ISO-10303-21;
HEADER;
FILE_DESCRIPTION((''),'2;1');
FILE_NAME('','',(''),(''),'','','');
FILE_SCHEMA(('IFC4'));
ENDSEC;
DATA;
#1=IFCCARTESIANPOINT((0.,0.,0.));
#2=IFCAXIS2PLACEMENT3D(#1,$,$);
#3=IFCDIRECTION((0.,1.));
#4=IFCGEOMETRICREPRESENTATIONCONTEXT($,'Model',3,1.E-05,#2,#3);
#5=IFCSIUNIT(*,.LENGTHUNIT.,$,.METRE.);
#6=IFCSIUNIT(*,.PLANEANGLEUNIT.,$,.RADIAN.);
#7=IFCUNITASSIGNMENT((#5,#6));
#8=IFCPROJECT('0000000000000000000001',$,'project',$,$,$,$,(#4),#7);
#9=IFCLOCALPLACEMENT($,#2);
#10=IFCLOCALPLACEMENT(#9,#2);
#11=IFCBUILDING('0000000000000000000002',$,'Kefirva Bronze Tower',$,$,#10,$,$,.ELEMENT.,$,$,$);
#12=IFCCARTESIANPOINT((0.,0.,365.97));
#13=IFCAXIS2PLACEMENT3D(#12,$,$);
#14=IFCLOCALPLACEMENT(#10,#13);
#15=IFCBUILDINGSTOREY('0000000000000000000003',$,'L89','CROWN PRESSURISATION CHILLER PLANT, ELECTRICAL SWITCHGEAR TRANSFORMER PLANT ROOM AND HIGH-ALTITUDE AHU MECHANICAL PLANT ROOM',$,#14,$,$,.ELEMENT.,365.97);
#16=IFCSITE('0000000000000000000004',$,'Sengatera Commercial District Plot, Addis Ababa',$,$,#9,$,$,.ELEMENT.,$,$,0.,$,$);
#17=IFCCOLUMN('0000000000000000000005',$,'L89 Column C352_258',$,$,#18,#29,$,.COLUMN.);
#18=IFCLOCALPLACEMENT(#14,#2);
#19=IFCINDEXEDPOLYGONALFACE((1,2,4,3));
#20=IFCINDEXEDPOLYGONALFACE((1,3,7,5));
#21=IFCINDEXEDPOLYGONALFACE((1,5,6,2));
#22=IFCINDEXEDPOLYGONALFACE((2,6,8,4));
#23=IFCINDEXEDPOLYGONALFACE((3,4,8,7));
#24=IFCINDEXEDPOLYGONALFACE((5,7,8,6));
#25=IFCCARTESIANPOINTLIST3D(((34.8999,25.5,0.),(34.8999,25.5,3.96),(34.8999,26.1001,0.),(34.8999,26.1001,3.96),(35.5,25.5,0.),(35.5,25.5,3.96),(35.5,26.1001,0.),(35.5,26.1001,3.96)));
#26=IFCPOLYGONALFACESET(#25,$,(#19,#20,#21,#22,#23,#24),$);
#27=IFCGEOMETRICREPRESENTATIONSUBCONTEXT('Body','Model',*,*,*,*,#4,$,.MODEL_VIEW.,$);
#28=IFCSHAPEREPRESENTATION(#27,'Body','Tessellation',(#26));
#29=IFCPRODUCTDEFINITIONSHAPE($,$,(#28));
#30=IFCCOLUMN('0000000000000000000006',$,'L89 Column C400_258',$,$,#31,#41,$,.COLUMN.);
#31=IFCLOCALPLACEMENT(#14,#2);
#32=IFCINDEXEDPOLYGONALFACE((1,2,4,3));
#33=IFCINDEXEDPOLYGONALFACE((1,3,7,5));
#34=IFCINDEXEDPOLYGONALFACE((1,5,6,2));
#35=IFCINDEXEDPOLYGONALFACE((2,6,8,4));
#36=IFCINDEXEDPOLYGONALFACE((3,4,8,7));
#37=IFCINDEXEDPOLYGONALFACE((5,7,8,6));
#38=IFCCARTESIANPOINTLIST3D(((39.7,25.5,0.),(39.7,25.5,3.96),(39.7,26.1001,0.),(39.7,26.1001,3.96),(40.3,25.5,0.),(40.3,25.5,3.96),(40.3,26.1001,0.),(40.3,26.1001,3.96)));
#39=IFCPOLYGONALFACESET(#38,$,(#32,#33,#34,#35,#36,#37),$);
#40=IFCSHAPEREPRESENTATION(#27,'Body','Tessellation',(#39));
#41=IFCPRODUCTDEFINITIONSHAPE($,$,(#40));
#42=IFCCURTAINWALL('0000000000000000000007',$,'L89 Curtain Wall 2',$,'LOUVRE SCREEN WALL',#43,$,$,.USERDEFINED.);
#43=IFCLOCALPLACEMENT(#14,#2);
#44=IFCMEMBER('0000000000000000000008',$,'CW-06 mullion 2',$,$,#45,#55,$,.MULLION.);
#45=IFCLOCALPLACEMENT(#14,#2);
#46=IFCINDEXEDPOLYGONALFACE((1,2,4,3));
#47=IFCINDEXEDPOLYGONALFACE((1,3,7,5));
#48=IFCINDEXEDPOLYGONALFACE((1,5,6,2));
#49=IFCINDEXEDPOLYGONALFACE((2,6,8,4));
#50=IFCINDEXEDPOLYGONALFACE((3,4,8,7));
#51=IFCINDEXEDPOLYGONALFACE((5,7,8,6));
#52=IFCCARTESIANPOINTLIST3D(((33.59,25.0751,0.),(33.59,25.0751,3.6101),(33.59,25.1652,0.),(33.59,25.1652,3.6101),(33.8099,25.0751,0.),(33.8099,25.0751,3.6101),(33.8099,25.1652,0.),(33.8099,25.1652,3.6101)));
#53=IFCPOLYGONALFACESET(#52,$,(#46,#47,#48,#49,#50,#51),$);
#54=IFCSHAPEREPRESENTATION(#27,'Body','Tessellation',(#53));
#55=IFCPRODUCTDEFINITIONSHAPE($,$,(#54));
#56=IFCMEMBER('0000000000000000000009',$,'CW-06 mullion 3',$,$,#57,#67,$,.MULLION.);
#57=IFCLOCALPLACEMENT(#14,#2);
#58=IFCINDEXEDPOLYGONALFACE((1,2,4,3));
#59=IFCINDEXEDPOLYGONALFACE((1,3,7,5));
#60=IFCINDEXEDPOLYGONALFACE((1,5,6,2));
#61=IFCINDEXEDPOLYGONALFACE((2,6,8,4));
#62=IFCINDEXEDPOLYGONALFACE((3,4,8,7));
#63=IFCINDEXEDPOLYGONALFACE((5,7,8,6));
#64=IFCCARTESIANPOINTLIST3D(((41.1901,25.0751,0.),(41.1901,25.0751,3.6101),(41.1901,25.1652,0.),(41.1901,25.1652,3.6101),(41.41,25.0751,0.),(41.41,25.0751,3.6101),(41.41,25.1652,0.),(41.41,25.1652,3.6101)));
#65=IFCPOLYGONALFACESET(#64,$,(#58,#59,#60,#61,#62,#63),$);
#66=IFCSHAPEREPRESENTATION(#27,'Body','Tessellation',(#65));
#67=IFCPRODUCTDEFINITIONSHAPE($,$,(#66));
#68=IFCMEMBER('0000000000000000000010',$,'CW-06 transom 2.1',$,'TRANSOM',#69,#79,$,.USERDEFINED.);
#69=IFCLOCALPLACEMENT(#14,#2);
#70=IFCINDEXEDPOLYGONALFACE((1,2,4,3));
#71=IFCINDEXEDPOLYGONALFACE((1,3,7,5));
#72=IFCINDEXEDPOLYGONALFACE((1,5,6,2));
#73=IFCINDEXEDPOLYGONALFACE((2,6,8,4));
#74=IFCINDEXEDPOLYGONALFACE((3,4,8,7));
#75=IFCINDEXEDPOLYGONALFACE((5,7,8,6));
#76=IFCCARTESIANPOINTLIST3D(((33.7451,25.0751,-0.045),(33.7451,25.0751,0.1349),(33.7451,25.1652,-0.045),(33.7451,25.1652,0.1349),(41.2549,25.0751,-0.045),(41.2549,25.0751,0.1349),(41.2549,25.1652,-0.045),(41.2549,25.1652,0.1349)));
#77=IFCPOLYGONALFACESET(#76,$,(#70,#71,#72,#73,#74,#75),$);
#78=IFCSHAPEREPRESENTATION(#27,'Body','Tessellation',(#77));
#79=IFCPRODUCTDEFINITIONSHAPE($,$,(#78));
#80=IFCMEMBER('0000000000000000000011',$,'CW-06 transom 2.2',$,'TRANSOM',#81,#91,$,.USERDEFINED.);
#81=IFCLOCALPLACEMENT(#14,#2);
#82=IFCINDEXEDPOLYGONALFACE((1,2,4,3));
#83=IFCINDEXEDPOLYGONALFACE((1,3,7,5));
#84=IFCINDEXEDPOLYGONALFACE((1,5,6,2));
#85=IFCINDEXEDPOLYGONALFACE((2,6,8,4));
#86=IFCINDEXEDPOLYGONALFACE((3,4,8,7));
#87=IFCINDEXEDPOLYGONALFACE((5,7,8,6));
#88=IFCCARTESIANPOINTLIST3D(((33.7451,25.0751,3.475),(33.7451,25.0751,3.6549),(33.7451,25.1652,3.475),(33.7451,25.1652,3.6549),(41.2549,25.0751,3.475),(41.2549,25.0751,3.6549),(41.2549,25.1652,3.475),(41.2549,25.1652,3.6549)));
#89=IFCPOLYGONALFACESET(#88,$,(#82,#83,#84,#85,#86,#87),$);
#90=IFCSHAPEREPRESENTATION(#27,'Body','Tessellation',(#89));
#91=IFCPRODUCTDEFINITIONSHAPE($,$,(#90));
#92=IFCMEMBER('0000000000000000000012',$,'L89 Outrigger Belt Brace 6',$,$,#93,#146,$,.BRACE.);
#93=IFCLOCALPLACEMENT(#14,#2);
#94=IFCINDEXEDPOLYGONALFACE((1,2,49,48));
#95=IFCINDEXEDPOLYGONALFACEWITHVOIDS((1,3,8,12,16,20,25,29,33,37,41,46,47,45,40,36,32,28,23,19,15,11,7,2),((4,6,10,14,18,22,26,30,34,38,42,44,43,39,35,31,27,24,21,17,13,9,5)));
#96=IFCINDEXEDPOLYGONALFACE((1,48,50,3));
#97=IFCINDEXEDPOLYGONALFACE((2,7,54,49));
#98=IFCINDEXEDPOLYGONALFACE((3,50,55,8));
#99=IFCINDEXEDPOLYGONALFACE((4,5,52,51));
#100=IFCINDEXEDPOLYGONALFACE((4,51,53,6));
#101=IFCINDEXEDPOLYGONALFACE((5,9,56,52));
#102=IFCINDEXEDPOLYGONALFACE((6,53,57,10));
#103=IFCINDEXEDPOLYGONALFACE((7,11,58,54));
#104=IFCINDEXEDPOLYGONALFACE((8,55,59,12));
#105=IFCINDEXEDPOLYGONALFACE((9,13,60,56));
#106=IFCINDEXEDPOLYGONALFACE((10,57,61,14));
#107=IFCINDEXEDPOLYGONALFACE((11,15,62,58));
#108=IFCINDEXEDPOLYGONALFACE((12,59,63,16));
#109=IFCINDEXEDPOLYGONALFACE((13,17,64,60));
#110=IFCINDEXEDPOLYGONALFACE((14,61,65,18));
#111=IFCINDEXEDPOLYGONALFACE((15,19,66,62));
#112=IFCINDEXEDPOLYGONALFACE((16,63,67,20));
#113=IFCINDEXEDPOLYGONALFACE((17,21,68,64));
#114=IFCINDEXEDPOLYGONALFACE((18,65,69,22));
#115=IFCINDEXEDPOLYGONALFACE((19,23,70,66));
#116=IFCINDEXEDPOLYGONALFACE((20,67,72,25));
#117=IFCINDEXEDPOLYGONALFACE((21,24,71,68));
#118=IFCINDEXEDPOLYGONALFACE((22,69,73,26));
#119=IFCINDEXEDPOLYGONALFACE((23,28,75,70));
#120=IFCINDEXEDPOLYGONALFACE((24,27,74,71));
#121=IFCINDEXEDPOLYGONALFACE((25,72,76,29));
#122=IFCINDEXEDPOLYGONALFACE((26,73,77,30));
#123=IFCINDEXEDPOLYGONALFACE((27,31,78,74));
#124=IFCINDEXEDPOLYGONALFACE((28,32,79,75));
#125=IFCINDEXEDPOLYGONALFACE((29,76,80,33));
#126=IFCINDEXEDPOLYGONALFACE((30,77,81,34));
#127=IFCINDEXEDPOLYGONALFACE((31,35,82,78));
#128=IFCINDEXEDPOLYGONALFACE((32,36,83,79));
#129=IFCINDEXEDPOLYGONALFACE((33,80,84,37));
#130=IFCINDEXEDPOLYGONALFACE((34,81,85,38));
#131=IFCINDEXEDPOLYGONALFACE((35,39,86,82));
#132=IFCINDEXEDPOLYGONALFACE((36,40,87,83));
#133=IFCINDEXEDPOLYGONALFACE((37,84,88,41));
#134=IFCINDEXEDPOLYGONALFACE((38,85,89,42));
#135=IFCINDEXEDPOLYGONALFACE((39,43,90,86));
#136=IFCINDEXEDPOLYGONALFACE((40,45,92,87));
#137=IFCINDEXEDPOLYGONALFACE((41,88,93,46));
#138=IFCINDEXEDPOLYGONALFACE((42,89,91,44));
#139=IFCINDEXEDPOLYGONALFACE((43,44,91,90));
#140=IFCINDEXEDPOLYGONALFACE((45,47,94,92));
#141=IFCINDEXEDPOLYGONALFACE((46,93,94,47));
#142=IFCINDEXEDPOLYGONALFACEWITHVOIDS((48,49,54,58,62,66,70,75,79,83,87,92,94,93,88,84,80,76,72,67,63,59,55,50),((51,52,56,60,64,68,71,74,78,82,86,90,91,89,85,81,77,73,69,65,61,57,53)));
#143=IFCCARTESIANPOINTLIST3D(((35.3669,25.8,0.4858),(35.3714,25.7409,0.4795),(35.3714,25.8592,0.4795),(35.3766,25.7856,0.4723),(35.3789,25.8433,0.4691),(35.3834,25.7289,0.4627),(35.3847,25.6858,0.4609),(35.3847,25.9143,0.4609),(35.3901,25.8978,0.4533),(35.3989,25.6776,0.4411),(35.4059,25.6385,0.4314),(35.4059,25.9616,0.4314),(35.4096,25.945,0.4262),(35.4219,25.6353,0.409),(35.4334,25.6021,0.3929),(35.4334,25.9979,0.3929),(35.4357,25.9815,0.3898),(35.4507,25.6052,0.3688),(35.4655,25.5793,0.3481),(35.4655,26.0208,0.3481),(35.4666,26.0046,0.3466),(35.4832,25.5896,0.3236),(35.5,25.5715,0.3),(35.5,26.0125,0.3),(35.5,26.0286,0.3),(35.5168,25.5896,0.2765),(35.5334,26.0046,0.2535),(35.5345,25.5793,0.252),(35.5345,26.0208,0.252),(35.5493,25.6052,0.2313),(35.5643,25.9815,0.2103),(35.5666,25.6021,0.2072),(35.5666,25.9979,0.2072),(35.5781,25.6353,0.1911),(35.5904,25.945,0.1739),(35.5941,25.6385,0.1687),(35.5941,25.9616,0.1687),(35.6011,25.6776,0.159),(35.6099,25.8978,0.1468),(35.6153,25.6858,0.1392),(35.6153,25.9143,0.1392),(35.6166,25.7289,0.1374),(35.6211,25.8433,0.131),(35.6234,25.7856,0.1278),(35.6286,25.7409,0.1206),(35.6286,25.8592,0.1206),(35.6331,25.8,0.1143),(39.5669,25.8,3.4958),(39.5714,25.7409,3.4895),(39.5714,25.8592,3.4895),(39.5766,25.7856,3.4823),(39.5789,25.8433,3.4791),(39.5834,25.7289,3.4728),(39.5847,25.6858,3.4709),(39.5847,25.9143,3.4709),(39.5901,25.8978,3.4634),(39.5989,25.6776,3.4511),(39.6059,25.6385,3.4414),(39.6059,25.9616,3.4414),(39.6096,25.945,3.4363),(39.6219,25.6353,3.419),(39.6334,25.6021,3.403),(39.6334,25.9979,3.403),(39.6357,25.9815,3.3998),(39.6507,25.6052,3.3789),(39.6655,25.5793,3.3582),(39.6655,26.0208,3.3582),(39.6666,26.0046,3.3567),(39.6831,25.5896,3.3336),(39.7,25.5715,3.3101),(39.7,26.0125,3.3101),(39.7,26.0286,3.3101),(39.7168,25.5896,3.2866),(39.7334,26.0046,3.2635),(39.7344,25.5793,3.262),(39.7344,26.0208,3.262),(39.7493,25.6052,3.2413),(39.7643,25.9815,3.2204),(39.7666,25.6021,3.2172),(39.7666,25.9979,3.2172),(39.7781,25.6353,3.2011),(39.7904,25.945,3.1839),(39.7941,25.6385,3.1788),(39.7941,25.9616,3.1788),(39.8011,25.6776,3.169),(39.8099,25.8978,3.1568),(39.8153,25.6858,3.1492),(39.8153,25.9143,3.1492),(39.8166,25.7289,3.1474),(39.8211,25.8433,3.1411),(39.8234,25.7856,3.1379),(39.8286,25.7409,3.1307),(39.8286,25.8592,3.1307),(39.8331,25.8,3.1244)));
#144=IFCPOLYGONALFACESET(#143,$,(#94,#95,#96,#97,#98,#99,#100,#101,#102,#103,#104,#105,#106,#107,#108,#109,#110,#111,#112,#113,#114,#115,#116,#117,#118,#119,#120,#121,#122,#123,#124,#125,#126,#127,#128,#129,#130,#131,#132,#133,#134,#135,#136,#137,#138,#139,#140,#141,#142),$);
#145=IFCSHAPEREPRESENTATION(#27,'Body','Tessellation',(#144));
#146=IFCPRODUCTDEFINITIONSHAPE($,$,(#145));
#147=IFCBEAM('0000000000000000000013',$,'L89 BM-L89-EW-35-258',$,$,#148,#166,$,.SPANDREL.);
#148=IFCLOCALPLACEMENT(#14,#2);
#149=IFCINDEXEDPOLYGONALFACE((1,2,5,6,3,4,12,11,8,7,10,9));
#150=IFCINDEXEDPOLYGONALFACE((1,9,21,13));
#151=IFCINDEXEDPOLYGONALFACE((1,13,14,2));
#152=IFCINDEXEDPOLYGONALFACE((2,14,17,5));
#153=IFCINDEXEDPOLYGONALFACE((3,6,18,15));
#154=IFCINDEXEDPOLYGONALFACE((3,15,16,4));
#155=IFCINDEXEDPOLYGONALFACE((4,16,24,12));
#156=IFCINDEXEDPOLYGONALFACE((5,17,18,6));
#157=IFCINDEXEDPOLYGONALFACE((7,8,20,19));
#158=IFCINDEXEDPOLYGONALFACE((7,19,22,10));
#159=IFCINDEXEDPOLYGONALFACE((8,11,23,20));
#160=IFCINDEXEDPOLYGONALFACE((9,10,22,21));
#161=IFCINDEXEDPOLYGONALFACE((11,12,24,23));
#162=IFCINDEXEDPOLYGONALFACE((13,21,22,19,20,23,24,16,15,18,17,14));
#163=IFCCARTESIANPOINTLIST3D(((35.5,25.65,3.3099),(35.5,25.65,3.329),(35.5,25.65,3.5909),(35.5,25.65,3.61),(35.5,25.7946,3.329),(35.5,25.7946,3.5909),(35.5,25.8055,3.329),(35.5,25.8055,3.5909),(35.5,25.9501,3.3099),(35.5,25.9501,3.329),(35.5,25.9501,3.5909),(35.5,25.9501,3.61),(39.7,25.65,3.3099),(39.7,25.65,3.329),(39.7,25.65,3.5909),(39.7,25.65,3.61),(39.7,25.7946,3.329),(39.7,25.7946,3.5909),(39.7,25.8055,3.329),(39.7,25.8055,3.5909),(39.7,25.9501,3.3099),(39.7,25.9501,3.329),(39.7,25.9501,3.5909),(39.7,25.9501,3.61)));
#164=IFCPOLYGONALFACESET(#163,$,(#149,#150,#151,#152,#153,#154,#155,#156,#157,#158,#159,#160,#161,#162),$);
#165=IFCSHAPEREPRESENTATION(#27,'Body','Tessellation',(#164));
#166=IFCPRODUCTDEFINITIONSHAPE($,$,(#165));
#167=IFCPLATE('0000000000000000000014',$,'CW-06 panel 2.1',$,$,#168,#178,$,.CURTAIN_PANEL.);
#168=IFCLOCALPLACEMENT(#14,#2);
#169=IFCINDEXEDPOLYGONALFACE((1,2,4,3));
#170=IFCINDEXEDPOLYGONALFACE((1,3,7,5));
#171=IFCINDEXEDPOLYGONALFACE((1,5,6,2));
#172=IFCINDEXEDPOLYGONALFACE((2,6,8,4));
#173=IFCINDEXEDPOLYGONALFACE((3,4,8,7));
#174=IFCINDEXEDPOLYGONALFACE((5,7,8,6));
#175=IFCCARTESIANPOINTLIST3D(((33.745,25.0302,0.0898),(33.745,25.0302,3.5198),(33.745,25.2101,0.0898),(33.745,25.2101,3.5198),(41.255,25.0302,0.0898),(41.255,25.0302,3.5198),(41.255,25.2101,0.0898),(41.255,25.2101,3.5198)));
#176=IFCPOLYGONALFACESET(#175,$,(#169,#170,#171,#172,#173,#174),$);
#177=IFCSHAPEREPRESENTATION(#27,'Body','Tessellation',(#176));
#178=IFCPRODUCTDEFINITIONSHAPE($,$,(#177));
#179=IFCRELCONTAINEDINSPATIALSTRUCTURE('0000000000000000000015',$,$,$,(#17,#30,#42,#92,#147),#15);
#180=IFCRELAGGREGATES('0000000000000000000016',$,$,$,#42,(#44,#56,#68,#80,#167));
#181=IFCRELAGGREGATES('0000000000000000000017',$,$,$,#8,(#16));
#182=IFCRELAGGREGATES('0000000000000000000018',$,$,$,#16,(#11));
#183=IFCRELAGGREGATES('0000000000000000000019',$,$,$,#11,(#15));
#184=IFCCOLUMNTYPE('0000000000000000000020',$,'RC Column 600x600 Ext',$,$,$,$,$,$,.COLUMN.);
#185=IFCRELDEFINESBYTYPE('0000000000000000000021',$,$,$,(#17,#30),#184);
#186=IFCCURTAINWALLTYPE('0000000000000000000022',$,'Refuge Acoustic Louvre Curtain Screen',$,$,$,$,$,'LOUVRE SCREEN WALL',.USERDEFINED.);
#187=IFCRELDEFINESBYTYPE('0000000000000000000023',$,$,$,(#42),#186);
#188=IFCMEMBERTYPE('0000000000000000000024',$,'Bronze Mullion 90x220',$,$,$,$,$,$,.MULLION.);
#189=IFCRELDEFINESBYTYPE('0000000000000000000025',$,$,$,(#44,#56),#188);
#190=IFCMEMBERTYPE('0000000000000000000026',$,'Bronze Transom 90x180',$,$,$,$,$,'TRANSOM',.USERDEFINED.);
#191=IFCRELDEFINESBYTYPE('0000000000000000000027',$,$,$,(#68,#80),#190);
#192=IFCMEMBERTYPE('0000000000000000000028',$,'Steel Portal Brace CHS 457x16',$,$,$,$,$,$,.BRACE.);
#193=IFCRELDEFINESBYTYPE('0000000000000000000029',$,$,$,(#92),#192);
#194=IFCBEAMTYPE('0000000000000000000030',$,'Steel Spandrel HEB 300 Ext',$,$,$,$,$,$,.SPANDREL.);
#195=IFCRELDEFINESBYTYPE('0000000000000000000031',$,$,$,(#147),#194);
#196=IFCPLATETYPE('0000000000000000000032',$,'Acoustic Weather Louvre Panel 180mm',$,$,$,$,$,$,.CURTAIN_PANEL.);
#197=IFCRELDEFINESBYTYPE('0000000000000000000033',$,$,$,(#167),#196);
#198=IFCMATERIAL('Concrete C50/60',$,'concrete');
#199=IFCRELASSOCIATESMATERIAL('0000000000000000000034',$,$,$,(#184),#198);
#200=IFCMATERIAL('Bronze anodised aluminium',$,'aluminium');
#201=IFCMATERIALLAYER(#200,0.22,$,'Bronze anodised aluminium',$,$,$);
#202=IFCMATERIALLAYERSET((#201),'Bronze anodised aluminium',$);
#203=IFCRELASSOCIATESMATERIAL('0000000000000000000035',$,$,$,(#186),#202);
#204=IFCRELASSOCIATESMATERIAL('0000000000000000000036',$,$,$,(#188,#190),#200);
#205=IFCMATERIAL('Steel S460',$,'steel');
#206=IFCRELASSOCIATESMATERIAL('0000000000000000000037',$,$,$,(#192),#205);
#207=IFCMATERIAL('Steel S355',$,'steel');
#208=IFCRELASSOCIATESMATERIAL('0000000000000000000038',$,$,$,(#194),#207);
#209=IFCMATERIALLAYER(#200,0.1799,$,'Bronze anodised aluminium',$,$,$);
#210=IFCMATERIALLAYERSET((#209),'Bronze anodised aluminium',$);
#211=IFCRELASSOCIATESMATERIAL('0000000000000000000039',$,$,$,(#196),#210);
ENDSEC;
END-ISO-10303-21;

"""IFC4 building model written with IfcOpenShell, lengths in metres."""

from ifc_helpers import new_model, si_unit, direction, frame, origin, origin_2d, place, context, subcontext, project, spatial, rectangle, hollow_circle, i_section, extrude, material, layer, layer_set, material_profile, profile_set, type_object, element, aggregate, save


model = new_model("IFC4")

# Units and contexts
model_context = context("Model", 3, precision=1e-05, world=origin(), true_north=direction((0.0, 1.0)))
body_context = subcontext(model_context, "Body", "Model", "MODEL_VIEW")
ifc_project = project(units=[si_unit("LENGTHUNIT", "METRE"), si_unit("PLANEANGLEUNIT", "RADIAN")], contexts=[model_context])

# Site, building, storey
site_placement = place(None, origin())
site = spatial("IfcSite", under=ifc_project, at=site_placement, Name="Sengatera Commercial District Plot, Addis Ababa", CompositionType="ELEMENT", RefElevation=0.0)
building_placement = place(site_placement, origin())
building = spatial("IfcBuilding", under=site, at=building_placement, Name="Kefirva Bronze Tower", CompositionType="ELEMENT")
storey_placement = place(building_placement, frame((0.0, 0.0, 365.97)))
storey = spatial("IfcBuildingStorey", under=building, at=storey_placement, Name="L89", Description="CROWN PRESSURISATION CHILLER PLANT, ELECTRICAL SWITCHGEAR TRANSFORMER PLANT ROOM AND HIGH-ALTITUDE AHU MECHANICAL PLANT ROOM", CompositionType="ELEMENT", Elevation=365.97)

# Columns
ifc_material_1 = material(Name="Concrete C50/60", Category="concrete")
ifc_material_profile_1 = material_profile(ifc_material_1, rectangle(XDim=0.6001, YDim=0.6001, at=origin_2d()), Name="RC 600x600")
ifc_profile_set_1 = profile_set([ifc_material_profile_1], Name="Concrete C50/60")
column_type = type_object("IfcColumnType", Name="RC Column 600x600 Ext", PredefinedType="COLUMN", material=ifc_profile_set_1)
for number, where, z_axis, x_axis, name in (
    (1, (35.2, 25.8, 0.0), (0.0, 0.0, 1.0), (1.0, 0.0, 0.0), "L89 Column C352_258"),
    (2, (40.0, 25.8, 0.0), (0.0, 0.0, 1.0), (1.0, 0.0, 0.0), "L89 Column C400_258"),
):
    element("IfcColumn", number, at=place(storey_placement, frame(where, z_axis=z_axis, x_axis=x_axis)), inside=storey, type_object=column_type, Name=name, PredefinedType="COLUMN", context=body_context, shape_type="SweptSolid", body=[
        extrude(rectangle(XDim=0.6001, YDim=0.6001, at=origin_2d()), origin(), (0.0, 0.0, 1.0), 3.96),
    ])

# Curtain wall, members
ifc_material_2 = material(Name="Bronze anodised aluminium", Category="aluminium")
ifc_layer_1 = layer(ifc_material_2, 0.22, Name="Bronze anodised aluminium")
ifc_layer_set_1 = layer_set([ifc_layer_1], Name="Bronze anodised aluminium")
curtain_wall_type = type_object("IfcCurtainWallType", Name="Refuge Acoustic Louvre Curtain Screen", ElementType="LOUVRE SCREEN WALL", PredefinedType="USERDEFINED", material=ifc_layer_set_1)
curtain_wall_placement = place(storey_placement, origin())
curtain_wall = element("IfcCurtainWall", 3, at=curtain_wall_placement, inside=storey, type_object=curtain_wall_type, Name="L89 Curtain Wall 2", ObjectType="LOUVRE SCREEN WALL", PredefinedType="USERDEFINED")
ifc_material_profile_2 = material_profile(ifc_material_2, rectangle(XDim=0.0901, YDim=0.22, at=origin_2d()), Name="ALU 90x220")
ifc_profile_set_2 = profile_set([ifc_material_profile_2], Name="Bronze anodised aluminium")
member_type_1 = type_object("IfcMemberType", Name="Bronze Mullion 90x220", PredefinedType="MULLION", material=ifc_profile_set_2)
member_1_placement = place(storey_placement, frame((33.7, 25.1201, 0.0), z_axis=(0.0, 0.0, 1.0), x_axis=(0.0, 1.0, 0.0)))
member_1 = element("IfcMember", 4, at=member_1_placement, type_object=member_type_1, Name="CW-06 mullion 2", PredefinedType="MULLION", context=body_context, shape_type="SweptSolid", body=[
    extrude(rectangle(XDim=0.0901, YDim=0.22, at=origin_2d()), origin(), (0.0, 0.0, 1.0), 3.6101),
])
member_2_placement = place(storey_placement, frame((41.3, 25.1201, 0.0), z_axis=(0.0, 0.0, 1.0), x_axis=(0.0, 1.0, 0.0)))
member_2 = element("IfcMember", 5, at=member_2_placement, type_object=member_type_1, Name="CW-06 mullion 3", PredefinedType="MULLION", context=body_context, shape_type="SweptSolid", body=[
    extrude(rectangle(XDim=0.0901, YDim=0.22, at=origin_2d()), origin(), (0.0, 0.0, 1.0), 3.6101),
])
ifc_material_profile_3 = material_profile(ifc_material_2, rectangle(XDim=0.0901, YDim=0.1799, at=origin_2d()), Name="ALU 90x180")
ifc_profile_set_3 = profile_set([ifc_material_profile_3], Name="Bronze anodised aluminium")
member_type_2 = type_object("IfcMemberType", Name="Bronze Transom 90x180", ElementType="TRANSOM", PredefinedType="USERDEFINED", material=ifc_profile_set_3)
member_3_placement = place(storey_placement, frame((33.7451, 25.1201, 0.0449), z_axis=(1.0, 0.0, 0.0), x_axis=(0.0, 1.0, 0.0)))
member_3 = element("IfcMember", 6, at=member_3_placement, type_object=member_type_2, Name="CW-06 transom 2.1", ObjectType="TRANSOM", PredefinedType="USERDEFINED", context=body_context, shape_type="SweptSolid", body=[
    extrude(rectangle(XDim=0.0901, YDim=0.1799, at=origin_2d()), origin(), (0.0, 0.0, 1.0), 7.5098),
])
member_4_placement = place(storey_placement, frame((33.7451, 25.1201, 3.5649), z_axis=(1.0, 0.0, 0.0), x_axis=(0.0, 1.0, 0.0)))
member_4 = element("IfcMember", 7, at=member_4_placement, type_object=member_type_2, Name="CW-06 transom 2.2", ObjectType="TRANSOM", PredefinedType="USERDEFINED", context=body_context, shape_type="SweptSolid", body=[
    extrude(rectangle(XDim=0.0901, YDim=0.1799, at=origin_2d()), origin(), (0.0, 0.0, 1.0), 7.5098),
])

# Member
ifc_material_3 = material(Name="Steel S460", Category="steel")
ifc_material_profile_4 = material_profile(ifc_material_3, hollow_circle(Radius=0.2285, WallThickness=0.0161, at=origin_2d()), Name="CHS 457x16")
ifc_profile_set_4 = profile_set([ifc_material_profile_4], Name="Steel S460")
member_type_3 = type_object("IfcMemberType", Name="Steel Portal Brace CHS 457x16", PredefinedType="BRACE", material=ifc_profile_set_4)
member_5_placement = place(storey_placement, frame((35.5, 25.8, 0.3), z_axis=(0.812813, 0.0, 0.582525), x_axis=(0.0, 1.0, 0.0)))
element("IfcMember", 8, at=member_5_placement, inside=storey, type_object=member_type_3, Name="L89 Outrigger Belt Brace 6", PredefinedType="BRACE", context=body_context, shape_type="SweptSolid", body=[
    extrude(hollow_circle(Radius=0.2285, WallThickness=0.0161, at=origin_2d()), origin(), (0.0, 0.0, 1.0), 5.1672),
])

# Beam
ifc_material_4 = material(Name="Steel S355", Category="steel")
ifc_material_profile_5 = material_profile(ifc_material_4, i_section(OverallWidth=0.3, OverallDepth=0.3, WebThickness=0.011, FlangeThickness=0.019, at=origin_2d()), Name="HEB 300")
ifc_profile_set_5 = profile_set([ifc_material_profile_5], Name="Steel S355")
beam_type = type_object("IfcBeamType", Name="Steel Spandrel HEB 300 Ext", PredefinedType="SPANDREL", material=ifc_profile_set_5)
beam_placement = place(storey_placement, frame((35.5, 25.8, 3.46), z_axis=(1.0, 0.0, 0.0), x_axis=(0.0, 1.0, 0.0)))
element("IfcBeam", 9, at=beam_placement, inside=storey, type_object=beam_type, Name="L89 BM-L89-EW-35-258", PredefinedType="SPANDREL", context=body_context, shape_type="SweptSolid", body=[
    extrude(i_section(OverallWidth=0.3, OverallDepth=0.3, WebThickness=0.011, FlangeThickness=0.019, at=origin_2d()), origin(), (0.0, 0.0, 1.0), 4.2),
])

# Plate
ifc_layer_2 = layer(ifc_material_2, 0.1799, Name="Bronze anodised aluminium")
ifc_layer_set_2 = layer_set([ifc_layer_2], Name="Bronze anodised aluminium")
plate_type_1 = type_object("IfcPlateType", Name="Acoustic Weather Louvre Panel 180mm", PredefinedType="CURTAIN_PANEL", material=ifc_layer_set_2)
plate_placement = place(storey_placement, frame((37.5, 25.1201, 0.0898), z_axis=(0.0, 0.0, 1.0), x_axis=(1.0, 0.0, 0.0)))
plate = element("IfcPlate", 10, at=plate_placement, type_object=plate_type_1, Name="CW-06 panel 2.1", PredefinedType="CURTAIN_PANEL", context=body_context, shape_type="SweptSolid", body=[
    extrude(rectangle(XDim=7.51, YDim=0.1799, at=origin_2d()), origin(), (0.0, 0.0, 1.0), 3.4299),
])
aggregate(curtain_wall, [member_1, member_2, member_3, member_4, plate])

save(model, "model.ifc")
